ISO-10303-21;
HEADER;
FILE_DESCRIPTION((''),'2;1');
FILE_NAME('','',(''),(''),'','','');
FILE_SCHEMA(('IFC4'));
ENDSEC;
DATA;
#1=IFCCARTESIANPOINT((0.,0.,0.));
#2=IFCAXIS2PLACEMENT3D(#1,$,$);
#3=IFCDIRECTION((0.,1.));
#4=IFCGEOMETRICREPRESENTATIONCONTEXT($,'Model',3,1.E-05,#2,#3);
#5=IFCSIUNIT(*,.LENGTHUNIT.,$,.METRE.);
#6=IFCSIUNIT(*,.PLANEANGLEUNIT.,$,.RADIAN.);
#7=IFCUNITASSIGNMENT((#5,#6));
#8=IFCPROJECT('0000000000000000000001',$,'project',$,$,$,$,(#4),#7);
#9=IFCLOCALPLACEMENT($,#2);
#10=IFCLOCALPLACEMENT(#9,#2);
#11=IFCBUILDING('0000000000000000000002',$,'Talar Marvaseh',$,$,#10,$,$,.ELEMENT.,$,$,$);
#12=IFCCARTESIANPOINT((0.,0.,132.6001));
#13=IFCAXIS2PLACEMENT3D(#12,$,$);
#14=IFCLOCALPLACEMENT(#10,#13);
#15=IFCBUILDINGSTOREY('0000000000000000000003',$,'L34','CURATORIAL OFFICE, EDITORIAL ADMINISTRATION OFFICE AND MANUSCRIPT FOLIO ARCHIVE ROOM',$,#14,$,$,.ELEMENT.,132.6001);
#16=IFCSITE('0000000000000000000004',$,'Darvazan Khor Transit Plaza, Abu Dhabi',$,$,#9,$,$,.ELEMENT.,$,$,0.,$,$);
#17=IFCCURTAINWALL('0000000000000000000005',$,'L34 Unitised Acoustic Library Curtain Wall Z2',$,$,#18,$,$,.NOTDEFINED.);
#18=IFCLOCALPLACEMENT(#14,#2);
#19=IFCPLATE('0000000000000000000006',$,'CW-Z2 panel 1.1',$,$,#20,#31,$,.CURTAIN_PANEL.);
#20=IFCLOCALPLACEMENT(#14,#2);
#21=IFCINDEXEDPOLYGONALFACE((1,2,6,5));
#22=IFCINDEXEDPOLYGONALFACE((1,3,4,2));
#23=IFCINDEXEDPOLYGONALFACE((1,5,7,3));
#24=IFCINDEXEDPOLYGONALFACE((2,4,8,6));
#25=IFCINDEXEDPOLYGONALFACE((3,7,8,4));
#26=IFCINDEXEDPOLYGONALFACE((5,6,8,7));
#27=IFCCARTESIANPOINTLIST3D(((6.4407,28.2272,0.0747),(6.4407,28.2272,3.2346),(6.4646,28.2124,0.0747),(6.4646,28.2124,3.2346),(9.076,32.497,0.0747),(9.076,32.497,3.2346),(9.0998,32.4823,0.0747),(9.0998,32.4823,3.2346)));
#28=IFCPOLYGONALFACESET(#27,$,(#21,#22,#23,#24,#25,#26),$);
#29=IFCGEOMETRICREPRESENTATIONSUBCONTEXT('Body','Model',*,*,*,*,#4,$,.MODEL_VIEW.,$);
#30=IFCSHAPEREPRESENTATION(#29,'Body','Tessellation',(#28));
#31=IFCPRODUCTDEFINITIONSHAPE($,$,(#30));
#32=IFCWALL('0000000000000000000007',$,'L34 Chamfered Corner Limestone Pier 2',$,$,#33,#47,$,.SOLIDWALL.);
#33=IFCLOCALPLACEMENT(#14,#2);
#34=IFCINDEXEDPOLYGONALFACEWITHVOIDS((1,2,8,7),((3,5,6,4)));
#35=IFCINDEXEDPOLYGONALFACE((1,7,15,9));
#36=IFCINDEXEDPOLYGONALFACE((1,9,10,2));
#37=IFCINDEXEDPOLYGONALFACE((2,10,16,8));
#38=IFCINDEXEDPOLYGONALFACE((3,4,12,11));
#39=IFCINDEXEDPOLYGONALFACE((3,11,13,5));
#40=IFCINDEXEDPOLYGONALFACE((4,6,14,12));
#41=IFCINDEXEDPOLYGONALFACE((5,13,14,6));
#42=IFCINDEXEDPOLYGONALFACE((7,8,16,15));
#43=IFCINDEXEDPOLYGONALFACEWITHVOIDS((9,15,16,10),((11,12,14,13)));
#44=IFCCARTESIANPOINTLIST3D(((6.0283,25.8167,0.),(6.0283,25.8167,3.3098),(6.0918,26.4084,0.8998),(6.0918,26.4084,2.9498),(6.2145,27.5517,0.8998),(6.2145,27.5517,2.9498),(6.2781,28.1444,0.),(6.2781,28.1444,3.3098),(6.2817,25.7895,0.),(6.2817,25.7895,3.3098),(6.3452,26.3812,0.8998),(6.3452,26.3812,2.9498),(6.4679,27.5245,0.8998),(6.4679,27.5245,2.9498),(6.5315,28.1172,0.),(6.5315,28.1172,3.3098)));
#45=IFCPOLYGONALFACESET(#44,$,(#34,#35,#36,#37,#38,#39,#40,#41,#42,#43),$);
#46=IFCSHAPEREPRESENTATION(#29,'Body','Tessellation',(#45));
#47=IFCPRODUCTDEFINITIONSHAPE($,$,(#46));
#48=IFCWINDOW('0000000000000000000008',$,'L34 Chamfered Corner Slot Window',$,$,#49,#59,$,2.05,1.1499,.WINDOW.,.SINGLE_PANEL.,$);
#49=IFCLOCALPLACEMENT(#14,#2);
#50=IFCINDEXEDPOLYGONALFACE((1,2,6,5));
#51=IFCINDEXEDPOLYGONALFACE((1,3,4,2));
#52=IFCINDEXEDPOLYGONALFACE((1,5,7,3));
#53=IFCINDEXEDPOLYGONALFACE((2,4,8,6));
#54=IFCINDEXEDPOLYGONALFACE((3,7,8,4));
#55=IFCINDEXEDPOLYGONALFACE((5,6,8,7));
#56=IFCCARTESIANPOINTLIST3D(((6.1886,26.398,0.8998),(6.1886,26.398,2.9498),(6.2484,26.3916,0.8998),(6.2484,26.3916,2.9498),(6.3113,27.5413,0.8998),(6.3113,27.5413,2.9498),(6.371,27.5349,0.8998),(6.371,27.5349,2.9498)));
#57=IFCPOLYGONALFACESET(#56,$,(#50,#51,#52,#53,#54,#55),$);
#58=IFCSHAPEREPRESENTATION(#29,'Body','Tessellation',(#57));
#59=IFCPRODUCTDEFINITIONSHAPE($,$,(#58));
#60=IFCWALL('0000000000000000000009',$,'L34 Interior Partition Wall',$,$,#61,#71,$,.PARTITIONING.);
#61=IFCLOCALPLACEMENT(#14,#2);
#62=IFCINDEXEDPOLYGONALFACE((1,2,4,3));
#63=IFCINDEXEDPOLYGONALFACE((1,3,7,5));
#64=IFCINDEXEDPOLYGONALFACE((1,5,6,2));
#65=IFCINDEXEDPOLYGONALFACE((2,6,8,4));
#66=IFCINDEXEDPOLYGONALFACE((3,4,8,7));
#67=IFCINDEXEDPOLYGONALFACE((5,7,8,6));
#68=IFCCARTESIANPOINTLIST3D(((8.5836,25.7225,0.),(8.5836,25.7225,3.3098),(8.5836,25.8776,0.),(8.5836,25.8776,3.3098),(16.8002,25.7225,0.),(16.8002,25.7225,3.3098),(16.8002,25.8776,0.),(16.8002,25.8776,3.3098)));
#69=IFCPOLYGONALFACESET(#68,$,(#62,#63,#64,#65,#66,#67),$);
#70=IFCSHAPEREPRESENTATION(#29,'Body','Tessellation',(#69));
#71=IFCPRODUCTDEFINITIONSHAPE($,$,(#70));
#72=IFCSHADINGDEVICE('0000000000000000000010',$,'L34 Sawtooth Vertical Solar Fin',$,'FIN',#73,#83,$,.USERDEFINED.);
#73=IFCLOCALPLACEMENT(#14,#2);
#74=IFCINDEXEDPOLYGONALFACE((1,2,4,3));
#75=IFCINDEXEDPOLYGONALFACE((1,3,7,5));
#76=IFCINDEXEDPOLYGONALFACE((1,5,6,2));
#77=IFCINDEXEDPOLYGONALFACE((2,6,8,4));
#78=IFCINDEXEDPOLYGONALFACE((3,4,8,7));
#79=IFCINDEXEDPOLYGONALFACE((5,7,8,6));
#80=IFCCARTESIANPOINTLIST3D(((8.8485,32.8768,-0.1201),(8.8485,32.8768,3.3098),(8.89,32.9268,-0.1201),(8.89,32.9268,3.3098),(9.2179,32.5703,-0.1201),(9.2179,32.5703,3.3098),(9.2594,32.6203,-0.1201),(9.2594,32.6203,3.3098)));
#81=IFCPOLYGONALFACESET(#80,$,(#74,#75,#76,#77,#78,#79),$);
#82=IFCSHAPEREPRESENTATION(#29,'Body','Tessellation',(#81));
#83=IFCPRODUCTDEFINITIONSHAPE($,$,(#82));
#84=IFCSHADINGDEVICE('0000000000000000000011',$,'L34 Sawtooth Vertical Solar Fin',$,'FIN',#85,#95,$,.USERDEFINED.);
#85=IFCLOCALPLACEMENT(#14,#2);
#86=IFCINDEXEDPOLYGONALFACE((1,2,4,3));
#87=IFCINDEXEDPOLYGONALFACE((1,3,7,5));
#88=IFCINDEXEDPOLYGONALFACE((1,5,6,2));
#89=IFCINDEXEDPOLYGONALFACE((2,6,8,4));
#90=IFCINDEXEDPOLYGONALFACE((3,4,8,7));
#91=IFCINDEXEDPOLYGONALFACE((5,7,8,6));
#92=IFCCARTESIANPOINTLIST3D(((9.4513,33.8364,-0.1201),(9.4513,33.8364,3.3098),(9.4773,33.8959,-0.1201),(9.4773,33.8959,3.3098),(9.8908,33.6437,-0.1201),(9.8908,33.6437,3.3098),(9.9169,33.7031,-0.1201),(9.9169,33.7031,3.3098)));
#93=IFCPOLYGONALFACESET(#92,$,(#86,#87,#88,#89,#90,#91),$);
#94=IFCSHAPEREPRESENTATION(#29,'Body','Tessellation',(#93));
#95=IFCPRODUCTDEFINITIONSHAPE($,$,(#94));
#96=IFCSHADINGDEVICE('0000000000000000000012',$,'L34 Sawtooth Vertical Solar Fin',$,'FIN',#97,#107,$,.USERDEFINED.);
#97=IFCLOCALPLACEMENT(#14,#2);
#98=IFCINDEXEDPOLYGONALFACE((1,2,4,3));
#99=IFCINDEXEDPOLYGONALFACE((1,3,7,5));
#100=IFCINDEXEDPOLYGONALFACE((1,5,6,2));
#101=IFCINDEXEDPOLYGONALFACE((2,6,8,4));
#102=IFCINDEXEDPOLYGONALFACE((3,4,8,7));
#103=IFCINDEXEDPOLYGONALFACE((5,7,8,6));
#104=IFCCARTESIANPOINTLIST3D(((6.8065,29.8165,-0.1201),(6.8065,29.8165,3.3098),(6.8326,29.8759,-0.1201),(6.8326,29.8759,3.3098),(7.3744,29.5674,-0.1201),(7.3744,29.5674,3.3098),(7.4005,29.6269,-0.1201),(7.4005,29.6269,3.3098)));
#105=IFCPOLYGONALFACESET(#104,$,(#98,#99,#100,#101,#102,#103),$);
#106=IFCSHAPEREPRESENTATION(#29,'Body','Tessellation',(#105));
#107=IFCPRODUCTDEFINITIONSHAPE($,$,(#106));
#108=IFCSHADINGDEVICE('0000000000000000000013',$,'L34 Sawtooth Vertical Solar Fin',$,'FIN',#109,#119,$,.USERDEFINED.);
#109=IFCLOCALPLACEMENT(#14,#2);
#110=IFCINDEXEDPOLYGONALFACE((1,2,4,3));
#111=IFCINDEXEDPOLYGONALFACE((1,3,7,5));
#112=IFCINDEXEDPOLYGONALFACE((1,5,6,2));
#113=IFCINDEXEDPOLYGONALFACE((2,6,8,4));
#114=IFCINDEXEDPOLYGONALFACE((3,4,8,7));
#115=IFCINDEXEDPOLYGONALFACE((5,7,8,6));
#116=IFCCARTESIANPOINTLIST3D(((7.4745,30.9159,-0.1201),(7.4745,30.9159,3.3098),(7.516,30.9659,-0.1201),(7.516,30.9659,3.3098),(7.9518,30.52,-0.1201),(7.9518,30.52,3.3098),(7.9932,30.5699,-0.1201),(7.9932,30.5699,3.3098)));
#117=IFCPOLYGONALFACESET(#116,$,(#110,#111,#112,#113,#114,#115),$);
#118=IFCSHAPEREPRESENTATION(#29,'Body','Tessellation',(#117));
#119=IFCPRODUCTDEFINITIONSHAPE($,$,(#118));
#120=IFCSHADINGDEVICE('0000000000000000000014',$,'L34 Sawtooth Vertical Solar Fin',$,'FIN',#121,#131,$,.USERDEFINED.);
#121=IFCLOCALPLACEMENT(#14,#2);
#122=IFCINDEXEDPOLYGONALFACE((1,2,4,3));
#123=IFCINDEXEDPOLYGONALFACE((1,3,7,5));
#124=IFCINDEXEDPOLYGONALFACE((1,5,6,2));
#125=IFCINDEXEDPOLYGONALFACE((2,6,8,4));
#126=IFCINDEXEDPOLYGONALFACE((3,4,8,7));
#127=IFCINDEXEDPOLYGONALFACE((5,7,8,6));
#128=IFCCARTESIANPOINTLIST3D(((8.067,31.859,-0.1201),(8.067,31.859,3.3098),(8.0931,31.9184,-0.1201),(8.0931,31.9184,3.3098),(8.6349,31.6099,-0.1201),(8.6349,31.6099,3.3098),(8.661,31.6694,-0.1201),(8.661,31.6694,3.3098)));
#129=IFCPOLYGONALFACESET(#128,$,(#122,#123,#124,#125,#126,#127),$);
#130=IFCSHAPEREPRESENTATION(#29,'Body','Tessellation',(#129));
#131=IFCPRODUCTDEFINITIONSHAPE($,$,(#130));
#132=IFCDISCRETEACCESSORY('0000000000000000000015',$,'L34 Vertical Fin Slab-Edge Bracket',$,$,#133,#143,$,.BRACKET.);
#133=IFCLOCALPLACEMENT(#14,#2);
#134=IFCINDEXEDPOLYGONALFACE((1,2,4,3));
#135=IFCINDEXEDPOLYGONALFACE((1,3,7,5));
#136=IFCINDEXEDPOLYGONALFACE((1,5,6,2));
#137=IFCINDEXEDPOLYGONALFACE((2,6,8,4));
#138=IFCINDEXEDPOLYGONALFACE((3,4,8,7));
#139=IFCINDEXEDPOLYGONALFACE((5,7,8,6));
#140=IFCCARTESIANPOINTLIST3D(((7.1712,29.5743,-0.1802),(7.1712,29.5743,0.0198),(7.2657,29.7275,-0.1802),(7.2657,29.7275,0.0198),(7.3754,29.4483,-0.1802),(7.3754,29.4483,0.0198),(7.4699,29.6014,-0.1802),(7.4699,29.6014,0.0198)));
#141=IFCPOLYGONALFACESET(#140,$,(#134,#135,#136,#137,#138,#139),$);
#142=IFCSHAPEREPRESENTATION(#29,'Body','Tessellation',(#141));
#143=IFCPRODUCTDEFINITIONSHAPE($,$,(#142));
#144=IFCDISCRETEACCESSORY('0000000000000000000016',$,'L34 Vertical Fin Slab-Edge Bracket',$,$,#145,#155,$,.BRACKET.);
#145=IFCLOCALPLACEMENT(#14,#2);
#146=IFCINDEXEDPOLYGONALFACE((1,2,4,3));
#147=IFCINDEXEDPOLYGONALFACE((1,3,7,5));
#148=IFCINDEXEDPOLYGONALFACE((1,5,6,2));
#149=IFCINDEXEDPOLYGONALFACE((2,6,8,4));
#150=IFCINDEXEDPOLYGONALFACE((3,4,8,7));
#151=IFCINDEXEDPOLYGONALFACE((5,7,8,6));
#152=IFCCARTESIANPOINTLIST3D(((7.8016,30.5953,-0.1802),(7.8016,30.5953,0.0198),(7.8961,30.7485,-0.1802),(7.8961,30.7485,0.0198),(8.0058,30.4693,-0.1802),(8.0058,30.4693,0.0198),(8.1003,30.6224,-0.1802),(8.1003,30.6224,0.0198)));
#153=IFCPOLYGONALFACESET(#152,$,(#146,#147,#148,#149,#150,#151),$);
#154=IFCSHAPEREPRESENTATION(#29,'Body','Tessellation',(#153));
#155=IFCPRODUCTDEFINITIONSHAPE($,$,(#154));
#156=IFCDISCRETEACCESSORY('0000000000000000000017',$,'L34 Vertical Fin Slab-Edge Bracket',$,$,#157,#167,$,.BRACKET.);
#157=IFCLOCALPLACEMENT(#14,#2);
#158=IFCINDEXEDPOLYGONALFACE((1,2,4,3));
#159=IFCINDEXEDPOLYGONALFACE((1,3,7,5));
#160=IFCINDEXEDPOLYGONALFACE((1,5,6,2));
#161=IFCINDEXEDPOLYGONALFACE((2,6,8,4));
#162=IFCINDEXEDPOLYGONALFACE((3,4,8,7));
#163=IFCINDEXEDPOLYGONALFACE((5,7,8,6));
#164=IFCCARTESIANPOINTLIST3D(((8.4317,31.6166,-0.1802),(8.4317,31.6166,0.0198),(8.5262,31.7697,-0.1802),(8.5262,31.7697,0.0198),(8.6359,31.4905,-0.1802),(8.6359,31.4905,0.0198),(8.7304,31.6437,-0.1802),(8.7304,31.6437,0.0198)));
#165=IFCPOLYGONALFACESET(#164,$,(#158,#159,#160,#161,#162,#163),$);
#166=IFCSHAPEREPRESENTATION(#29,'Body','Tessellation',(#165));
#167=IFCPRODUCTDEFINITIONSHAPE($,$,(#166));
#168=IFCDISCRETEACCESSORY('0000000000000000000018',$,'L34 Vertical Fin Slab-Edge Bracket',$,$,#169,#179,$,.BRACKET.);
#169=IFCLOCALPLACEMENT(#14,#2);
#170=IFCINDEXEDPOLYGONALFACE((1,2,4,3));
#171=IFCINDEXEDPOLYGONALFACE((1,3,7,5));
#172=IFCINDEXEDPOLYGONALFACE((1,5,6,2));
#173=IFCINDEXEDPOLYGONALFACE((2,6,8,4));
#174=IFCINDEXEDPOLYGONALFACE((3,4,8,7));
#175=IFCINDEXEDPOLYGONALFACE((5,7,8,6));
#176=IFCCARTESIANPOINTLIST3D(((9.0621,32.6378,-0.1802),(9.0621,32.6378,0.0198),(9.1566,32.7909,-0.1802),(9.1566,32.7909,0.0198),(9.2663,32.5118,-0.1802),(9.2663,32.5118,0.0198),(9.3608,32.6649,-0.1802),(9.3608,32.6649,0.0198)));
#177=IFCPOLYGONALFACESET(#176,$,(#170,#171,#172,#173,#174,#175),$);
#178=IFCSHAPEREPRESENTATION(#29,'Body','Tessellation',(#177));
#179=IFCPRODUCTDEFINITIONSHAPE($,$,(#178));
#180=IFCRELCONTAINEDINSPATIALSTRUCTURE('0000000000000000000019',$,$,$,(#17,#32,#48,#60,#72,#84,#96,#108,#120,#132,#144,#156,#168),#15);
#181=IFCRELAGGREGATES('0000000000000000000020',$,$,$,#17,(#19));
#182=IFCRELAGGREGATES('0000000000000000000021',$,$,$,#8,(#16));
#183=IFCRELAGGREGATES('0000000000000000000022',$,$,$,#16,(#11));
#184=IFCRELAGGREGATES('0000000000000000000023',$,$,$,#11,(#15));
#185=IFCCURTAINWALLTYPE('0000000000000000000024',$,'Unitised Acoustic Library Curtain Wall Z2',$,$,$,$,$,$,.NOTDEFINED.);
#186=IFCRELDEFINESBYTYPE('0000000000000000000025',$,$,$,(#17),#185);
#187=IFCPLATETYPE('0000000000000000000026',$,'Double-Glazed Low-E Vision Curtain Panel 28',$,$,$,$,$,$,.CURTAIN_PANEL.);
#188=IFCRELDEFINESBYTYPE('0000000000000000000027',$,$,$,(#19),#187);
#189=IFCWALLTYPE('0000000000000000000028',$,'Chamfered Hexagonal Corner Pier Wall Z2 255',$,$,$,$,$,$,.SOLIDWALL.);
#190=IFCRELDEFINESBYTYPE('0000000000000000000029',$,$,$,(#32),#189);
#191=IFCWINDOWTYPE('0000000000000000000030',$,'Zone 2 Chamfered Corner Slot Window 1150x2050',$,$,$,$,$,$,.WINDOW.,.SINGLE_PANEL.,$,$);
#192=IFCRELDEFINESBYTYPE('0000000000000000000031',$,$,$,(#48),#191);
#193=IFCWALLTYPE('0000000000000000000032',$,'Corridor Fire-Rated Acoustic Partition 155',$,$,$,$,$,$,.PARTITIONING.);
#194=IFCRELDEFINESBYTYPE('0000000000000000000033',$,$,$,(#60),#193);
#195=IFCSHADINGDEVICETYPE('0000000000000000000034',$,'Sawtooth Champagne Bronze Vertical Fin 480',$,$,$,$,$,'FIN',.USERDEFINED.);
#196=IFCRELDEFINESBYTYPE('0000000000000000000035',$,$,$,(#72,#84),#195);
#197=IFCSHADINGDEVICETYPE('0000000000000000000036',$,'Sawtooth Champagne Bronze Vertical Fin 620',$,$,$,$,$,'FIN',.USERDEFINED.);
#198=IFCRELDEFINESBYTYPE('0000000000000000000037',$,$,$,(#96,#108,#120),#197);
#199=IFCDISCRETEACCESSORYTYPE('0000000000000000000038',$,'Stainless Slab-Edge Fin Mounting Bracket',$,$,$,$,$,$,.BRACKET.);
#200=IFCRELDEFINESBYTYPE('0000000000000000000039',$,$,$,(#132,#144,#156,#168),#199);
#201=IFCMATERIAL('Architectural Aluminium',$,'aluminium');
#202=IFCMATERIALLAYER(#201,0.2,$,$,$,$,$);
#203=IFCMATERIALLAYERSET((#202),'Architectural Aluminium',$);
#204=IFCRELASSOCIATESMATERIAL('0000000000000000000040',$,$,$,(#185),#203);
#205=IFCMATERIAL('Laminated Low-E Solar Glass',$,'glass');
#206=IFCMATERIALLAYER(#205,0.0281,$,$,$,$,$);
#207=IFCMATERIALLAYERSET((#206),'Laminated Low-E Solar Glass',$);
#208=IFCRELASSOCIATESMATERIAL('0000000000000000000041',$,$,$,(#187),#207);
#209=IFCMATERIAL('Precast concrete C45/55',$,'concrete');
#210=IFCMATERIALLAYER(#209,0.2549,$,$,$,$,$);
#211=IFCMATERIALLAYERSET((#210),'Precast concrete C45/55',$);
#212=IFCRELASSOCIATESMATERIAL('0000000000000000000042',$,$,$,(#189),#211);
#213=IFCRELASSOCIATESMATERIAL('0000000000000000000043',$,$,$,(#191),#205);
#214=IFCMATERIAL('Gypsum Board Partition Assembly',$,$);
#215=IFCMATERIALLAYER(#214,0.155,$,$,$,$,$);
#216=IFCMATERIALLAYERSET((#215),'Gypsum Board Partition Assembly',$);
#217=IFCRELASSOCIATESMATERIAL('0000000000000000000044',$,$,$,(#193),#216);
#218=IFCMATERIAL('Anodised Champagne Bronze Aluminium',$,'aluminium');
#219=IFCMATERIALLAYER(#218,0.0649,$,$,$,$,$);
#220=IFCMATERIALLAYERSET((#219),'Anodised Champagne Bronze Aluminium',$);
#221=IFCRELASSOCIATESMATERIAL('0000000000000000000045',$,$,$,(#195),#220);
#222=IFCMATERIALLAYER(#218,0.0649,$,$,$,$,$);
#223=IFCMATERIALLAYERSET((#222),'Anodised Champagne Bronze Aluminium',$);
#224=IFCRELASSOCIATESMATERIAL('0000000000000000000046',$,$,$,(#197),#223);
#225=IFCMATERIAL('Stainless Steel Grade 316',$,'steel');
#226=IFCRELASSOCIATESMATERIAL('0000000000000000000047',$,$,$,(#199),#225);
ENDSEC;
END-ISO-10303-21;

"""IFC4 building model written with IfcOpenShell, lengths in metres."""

from ifc_helpers import new_model, si_unit, direction, frame, frame_2d, origin, origin_2d, place, context, subcontext, project, spatial, rectangle, extrude, source, transform, mapped, material, layer, layer_set, type_object, type_shapes, element, fill, aggregate, save


model = new_model("IFC4")

# Units and contexts
model_context = context("Model", 3, precision=1e-05, world=origin(), true_north=direction((0.0, 1.0)))
body_context = subcontext(model_context, "Body", "Model", "MODEL_VIEW")
ifc_project = project(units=[si_unit("LENGTHUNIT", "METRE"), si_unit("PLANEANGLEUNIT", "RADIAN")], contexts=[model_context])

# Site, building, storey
site_placement = place(None, origin())
site = spatial("IfcSite", under=ifc_project, at=site_placement, Name="Darvazan Khor Transit Plaza, Abu Dhabi", CompositionType="ELEMENT", RefElevation=0.0)
building_placement = place(site_placement, origin())
building = spatial("IfcBuilding", under=site, at=building_placement, Name="Talar Marvaseh", CompositionType="ELEMENT")
storey_placement = place(building_placement, frame((0.0, 0.0, 132.6001)))
storey = spatial("IfcBuildingStorey", under=building, at=storey_placement, Name="L34", Description="CURATORIAL OFFICE, EDITORIAL ADMINISTRATION OFFICE AND MANUSCRIPT FOLIO ARCHIVE ROOM", CompositionType="ELEMENT", Elevation=132.6001)

# Curtain wall
ifc_material_1 = material(Name="Architectural Aluminium", Category="aluminium")
ifc_layer_1 = layer(ifc_material_1, 0.2)
ifc_layer_set_1 = layer_set([ifc_layer_1], Name="Architectural Aluminium")
curtain_wall_type = type_object("IfcCurtainWallType", Name="Unitised Acoustic Library Curtain Wall Z2", PredefinedType="NOTDEFINED", material=ifc_layer_set_1)
curtain_wall_1_placement = place(storey_placement, origin())
curtain_wall_1 = element("IfcCurtainWall", 1, at=curtain_wall_1_placement, inside=storey, type_object=curtain_wall_type, Name="L34 Unitised Acoustic Library Curtain Wall Z2", PredefinedType="NOTDEFINED")

# Plate
ifc_material_2 = material(Name="Laminated Low-E Solar Glass", Category="glass")
ifc_layer_2 = layer(ifc_material_2, 0.0281)
ifc_layer_set_2 = layer_set([ifc_layer_2], Name="Laminated Low-E Solar Glass")
plate_type = type_object("IfcPlateType", Name="Double-Glazed Low-E Vision Curtain Panel 28", PredefinedType="CURTAIN_PANEL", material=ifc_layer_set_2)
shared_shape_1 = source(origin(), body_context, "Body", "SweptSolid", [
    extrude(rectangle(XDim=5.0176, YDim=0.0281, at=origin_2d()), origin(), (0.0, 0.0, 1.0), 3.1599),
])
type_shapes(plate_type, [shared_shape_1])
plate_placement = place(storey_placement, frame((7.7703, 30.3547, 0.0747), z_axis=(0.0, 0.0, 1.0), x_axis=(0.525207, 0.850974, 0.0)))
plate = element("IfcPlate", 2, at=plate_placement, type_object=plate_type, Name="CW-Z2 panel 1.1", PredefinedType="CURTAIN_PANEL", context=body_context, shape_type="MappedRepresentation", body=[
    mapped(shared_shape_1, transform((0.0, 0.0, 0.0), x_axis=(1.0, 0.0, 0.0), y_axis=(0.0, 1.0, 0.0), z_axis=(0.0, 0.0, 1.0), scale=1.0)),
])
aggregate(curtain_wall_1, [plate])

# Wall, opening, window
ifc_material_3 = material(Name="Precast concrete C45/55", Category="concrete")
ifc_layer_3 = layer(ifc_material_3, 0.2549)
ifc_layer_set_3 = layer_set([ifc_layer_3], Name="Precast concrete C45/55")
wall_type_1 = type_object("IfcWallType", Name="Chamfered Hexagonal Corner Pier Wall Z2 255", PredefinedType="SOLIDWALL", material=ifc_layer_set_3)
wall_1_placement = place(storey_placement, frame((6.155, 25.8032, 0.0), z_axis=(0.0, 0.0, 1.0), x_axis=(0.106688, 0.994293, 0.0)))
wall_1 = element("IfcWall", 3, at=wall_1_placement, inside=storey, type_object=wall_type_1, Name="L34 Chamfered Corner Limestone Pier 2", PredefinedType="SOLIDWALL", context=body_context, shape_type="SweptSolid", body=[
    extrude(rectangle(XDim=2.3411, YDim=0.2549, at=frame_2d((1.1704, 0.0))), origin(), (0.0, 0.0, 1.0), 3.3098),
])
opening_placement = place(wall_1_placement, frame((0.595, 0.0, 0.8999)))
opening = element("IfcOpeningElement", 4, at=opening_placement, cuts=wall_1, PredefinedType="OPENING", context=body_context, shape_type="SweptSolid", body=[
    extrude(rectangle(XDim=1.1499, YDim=2.05, at=frame_2d((0.575, 1.0249))), frame((0.0, 0.1375, 0.0), z_axis=(0.0, -1.0, 0.0), x_axis=(1.0, 0.0, 0.0)), (0.0, 0.0, 1.0), 0.2749),
])
window_type = type_object("IfcWindowType", Name="Zone 2 Chamfered Corner Slot Window 1150x2050", PartitioningType="SINGLE_PANEL", PredefinedType="WINDOW", material=ifc_material_2)
shared_shape_2 = source(origin(), body_context, "Body", "SweptSolid", [
    extrude(rectangle(XDim=1.1499, YDim=2.05, at=frame_2d((0.575, 1.0249))), frame((0.0, 0.03, 0.0), z_axis=(0.0, -1.0, 0.0), x_axis=(1.0, 0.0, 0.0)), (0.0, 0.0, 1.0), 0.0601),
])
type_shapes(window_type, [shared_shape_2])
window_placement = place(opening_placement, origin())
window = element("IfcWindow", 5, at=window_placement, inside=storey, type_object=window_type, Name="L34 Chamfered Corner Slot Window", OverallHeight=2.05, OverallWidth=1.1499, PartitioningType="SINGLE_PANEL", PredefinedType="WINDOW", context=body_context, shape_type="MappedRepresentation", body=[
    mapped(shared_shape_2, transform((0.0, 0.0, 0.0), x_axis=(1.0, 0.0, 0.0), y_axis=(0.0, 1.0, 0.0), z_axis=(0.0, 0.0, 1.0), scale=1.0)),
])
fill(opening, window)

# Wall
ifc_material_4 = material(Name="Gypsum Board Partition Assembly")
ifc_layer_4 = layer(ifc_material_4, 0.155)
ifc_layer_set_4 = layer_set([ifc_layer_4], Name="Gypsum Board Partition Assembly")
wall_type_2 = type_object("IfcWallType", Name="Corridor Fire-Rated Acoustic Partition 155", PredefinedType="PARTITIONING", material=ifc_layer_set_4)
wall_2_placement = place(storey_placement, frame((8.5835, 25.8, 0.0), z_axis=(0.0, 0.0, 1.0), x_axis=(1.0, 0.0, 0.0)))
element("IfcWall", 6, at=wall_2_placement, inside=storey, type_object=wall_type_2, Name="L34 Interior Partition Wall", PredefinedType="PARTITIONING", context=body_context, shape_type="SweptSolid", body=[
    extrude(rectangle(XDim=8.2166, YDim=0.155, at=frame_2d((4.1084, 0.0))), origin(), (0.0, 0.0, 1.0), 3.3098),
])

# Shading devices
ifc_material_5 = material(Name="Anodised Champagne Bronze Aluminium", Category="aluminium")
ifc_layer_5 = layer(ifc_material_5, 0.0649)
ifc_layer_set_5 = layer_set([ifc_layer_5], Name="Anodised Champagne Bronze Aluminium")
shading_device_type_1 = type_object("IfcShadingDeviceType", Name="Sawtooth Champagne Bronze Vertical Fin 480", ElementType="FIN", PredefinedType="USERDEFINED", material=ifc_layer_set_5)
shared_shape_3 = source(origin(), body_context, "Body", "SweptSolid", [
    extrude(rectangle(XDim=0.48, YDim=0.0649, at=origin_2d()), origin(), (0.0, 0.0, 1.0), 3.4299),
])
type_shapes(shading_device_type_1, [shared_shape_3])
for number, where, z_axis, x_axis, name in (
    (7, (9.054, 32.7485, -0.1201), (0.0, 0.0, 1.0), (-0.769622, 0.638499, 0.0), "L34 Sawtooth Vertical Solar Fin"),
    (8, (9.6841, 33.7698, -0.1201), (0.0, 0.0, 1.0), (-0.915803, 0.401628, 0.0), "L34 Sawtooth Vertical Solar Fin"),
):
    element("IfcShadingDevice", number, at=place(storey_placement, frame(where, z_axis=z_axis, x_axis=x_axis)), inside=storey, type_object=shading_device_type_1, Name=name, ObjectType="FIN", PredefinedType="USERDEFINED", context=body_context, shape_type="MappedRepresentation", body=[
        mapped(shared_shape_3, transform((0.0, 0.0, 0.0), x_axis=(1.0, 0.0, 0.0), y_axis=(0.0, 1.0, 0.0), z_axis=(0.0, 0.0, 1.0), scale=1.0)),
    ])
ifc_layer_6 = layer(ifc_material_5, 0.0649)
ifc_layer_set_6 = layer_set([ifc_layer_6], Name="Anodised Champagne Bronze Aluminium")
shading_device_type_2 = type_object("IfcShadingDeviceType", Name="Sawtooth Champagne Bronze Vertical Fin 620", ElementType="FIN", PredefinedType="USERDEFINED", material=ifc_layer_set_6)
shared_shape_4 = source(origin(), body_context, "Body", "SweptSolid", [
    extrude(rectangle(XDim=0.6201, YDim=0.0649, at=origin_2d()), origin(), (0.0, 0.0, 1.0), 3.4299),
])
type_shapes(shading_device_type_2, [shared_shape_4])
for number, where, z_axis, x_axis, name in (
    (9, (7.1035, 29.7217, -0.1201), (0.0, 0.0, 1.0), (-0.915803, 0.401628, 0.0), "L34 Sawtooth Vertical Solar Fin"),
    (10, (7.7339, 30.7429, -0.1201), (0.0, 0.0, 1.0), (-0.769622, 0.638499, 0.0), "L34 Sawtooth Vertical Solar Fin"),
    (11, (8.364, 31.7642, -0.1201), (0.0, 0.0, 1.0), (-0.915803, 0.401628, 0.0), "L34 Sawtooth Vertical Solar Fin"),
):
    element("IfcShadingDevice", number, at=place(storey_placement, frame(where, z_axis=z_axis, x_axis=x_axis)), inside=storey, type_object=shading_device_type_2, Name=name, ObjectType="FIN", PredefinedType="USERDEFINED", context=body_context, shape_type="MappedRepresentation", body=[
        mapped(shared_shape_4, transform((0.0, 0.0, 0.0), x_axis=(1.0, 0.0, 0.0), y_axis=(0.0, 1.0, 0.0), z_axis=(0.0, 0.0, 1.0), scale=1.0)),
    ])

# Discrete accessories
ifc_material_6 = material(Name="Stainless Steel Grade 316", Category="steel")
discrete_accessory_type = type_object("IfcDiscreteAccessoryType", Name="Stainless Slab-Edge Fin Mounting Bracket", PredefinedType="BRACKET", material=ifc_material_6)
shared_shape_5 = source(origin(), body_context, "Body", "SweptSolid", [
    extrude(rectangle(XDim=0.24, YDim=0.1799, at=origin_2d()), origin(), (0.0, 0.0, 1.0), 0.2),
])
type_shapes(discrete_accessory_type, [shared_shape_5])
for number, where, z_axis, x_axis, name in (
    (12, (7.3206, 29.5879, -0.1802), (0.0, 0.0, 1.0), (-0.850994, 0.525175, 0.0), "L34 Vertical Fin Slab-Edge Bracket"),
    (13, (7.9509, 30.6089, -0.1802), (0.0, 0.0, 1.0), (-0.850994, 0.525175, 0.0), "L34 Vertical Fin Slab-Edge Bracket"),
    (14, (8.5811, 31.6301, -0.1802), (0.0, 0.0, 1.0), (-0.850994, 0.525175, 0.0), "L34 Vertical Fin Slab-Edge Bracket"),
    (15, (9.2114, 32.6514, -0.1802), (0.0, 0.0, 1.0), (-0.850994, 0.525175, 0.0), "L34 Vertical Fin Slab-Edge Bracket"),
):
    element("IfcDiscreteAccessory", number, at=place(storey_placement, frame(where, z_axis=z_axis, x_axis=x_axis)), inside=storey, type_object=discrete_accessory_type, Name=name, PredefinedType="BRACKET", context=body_context, shape_type="MappedRepresentation", body=[
        mapped(shared_shape_5, transform((0.0, 0.0, 0.0), x_axis=(1.0, 0.0, 0.0), y_axis=(0.0, 1.0, 0.0), z_axis=(0.0, 0.0, 1.0), scale=1.0)),
    ])

save(model, "model.ifc")
